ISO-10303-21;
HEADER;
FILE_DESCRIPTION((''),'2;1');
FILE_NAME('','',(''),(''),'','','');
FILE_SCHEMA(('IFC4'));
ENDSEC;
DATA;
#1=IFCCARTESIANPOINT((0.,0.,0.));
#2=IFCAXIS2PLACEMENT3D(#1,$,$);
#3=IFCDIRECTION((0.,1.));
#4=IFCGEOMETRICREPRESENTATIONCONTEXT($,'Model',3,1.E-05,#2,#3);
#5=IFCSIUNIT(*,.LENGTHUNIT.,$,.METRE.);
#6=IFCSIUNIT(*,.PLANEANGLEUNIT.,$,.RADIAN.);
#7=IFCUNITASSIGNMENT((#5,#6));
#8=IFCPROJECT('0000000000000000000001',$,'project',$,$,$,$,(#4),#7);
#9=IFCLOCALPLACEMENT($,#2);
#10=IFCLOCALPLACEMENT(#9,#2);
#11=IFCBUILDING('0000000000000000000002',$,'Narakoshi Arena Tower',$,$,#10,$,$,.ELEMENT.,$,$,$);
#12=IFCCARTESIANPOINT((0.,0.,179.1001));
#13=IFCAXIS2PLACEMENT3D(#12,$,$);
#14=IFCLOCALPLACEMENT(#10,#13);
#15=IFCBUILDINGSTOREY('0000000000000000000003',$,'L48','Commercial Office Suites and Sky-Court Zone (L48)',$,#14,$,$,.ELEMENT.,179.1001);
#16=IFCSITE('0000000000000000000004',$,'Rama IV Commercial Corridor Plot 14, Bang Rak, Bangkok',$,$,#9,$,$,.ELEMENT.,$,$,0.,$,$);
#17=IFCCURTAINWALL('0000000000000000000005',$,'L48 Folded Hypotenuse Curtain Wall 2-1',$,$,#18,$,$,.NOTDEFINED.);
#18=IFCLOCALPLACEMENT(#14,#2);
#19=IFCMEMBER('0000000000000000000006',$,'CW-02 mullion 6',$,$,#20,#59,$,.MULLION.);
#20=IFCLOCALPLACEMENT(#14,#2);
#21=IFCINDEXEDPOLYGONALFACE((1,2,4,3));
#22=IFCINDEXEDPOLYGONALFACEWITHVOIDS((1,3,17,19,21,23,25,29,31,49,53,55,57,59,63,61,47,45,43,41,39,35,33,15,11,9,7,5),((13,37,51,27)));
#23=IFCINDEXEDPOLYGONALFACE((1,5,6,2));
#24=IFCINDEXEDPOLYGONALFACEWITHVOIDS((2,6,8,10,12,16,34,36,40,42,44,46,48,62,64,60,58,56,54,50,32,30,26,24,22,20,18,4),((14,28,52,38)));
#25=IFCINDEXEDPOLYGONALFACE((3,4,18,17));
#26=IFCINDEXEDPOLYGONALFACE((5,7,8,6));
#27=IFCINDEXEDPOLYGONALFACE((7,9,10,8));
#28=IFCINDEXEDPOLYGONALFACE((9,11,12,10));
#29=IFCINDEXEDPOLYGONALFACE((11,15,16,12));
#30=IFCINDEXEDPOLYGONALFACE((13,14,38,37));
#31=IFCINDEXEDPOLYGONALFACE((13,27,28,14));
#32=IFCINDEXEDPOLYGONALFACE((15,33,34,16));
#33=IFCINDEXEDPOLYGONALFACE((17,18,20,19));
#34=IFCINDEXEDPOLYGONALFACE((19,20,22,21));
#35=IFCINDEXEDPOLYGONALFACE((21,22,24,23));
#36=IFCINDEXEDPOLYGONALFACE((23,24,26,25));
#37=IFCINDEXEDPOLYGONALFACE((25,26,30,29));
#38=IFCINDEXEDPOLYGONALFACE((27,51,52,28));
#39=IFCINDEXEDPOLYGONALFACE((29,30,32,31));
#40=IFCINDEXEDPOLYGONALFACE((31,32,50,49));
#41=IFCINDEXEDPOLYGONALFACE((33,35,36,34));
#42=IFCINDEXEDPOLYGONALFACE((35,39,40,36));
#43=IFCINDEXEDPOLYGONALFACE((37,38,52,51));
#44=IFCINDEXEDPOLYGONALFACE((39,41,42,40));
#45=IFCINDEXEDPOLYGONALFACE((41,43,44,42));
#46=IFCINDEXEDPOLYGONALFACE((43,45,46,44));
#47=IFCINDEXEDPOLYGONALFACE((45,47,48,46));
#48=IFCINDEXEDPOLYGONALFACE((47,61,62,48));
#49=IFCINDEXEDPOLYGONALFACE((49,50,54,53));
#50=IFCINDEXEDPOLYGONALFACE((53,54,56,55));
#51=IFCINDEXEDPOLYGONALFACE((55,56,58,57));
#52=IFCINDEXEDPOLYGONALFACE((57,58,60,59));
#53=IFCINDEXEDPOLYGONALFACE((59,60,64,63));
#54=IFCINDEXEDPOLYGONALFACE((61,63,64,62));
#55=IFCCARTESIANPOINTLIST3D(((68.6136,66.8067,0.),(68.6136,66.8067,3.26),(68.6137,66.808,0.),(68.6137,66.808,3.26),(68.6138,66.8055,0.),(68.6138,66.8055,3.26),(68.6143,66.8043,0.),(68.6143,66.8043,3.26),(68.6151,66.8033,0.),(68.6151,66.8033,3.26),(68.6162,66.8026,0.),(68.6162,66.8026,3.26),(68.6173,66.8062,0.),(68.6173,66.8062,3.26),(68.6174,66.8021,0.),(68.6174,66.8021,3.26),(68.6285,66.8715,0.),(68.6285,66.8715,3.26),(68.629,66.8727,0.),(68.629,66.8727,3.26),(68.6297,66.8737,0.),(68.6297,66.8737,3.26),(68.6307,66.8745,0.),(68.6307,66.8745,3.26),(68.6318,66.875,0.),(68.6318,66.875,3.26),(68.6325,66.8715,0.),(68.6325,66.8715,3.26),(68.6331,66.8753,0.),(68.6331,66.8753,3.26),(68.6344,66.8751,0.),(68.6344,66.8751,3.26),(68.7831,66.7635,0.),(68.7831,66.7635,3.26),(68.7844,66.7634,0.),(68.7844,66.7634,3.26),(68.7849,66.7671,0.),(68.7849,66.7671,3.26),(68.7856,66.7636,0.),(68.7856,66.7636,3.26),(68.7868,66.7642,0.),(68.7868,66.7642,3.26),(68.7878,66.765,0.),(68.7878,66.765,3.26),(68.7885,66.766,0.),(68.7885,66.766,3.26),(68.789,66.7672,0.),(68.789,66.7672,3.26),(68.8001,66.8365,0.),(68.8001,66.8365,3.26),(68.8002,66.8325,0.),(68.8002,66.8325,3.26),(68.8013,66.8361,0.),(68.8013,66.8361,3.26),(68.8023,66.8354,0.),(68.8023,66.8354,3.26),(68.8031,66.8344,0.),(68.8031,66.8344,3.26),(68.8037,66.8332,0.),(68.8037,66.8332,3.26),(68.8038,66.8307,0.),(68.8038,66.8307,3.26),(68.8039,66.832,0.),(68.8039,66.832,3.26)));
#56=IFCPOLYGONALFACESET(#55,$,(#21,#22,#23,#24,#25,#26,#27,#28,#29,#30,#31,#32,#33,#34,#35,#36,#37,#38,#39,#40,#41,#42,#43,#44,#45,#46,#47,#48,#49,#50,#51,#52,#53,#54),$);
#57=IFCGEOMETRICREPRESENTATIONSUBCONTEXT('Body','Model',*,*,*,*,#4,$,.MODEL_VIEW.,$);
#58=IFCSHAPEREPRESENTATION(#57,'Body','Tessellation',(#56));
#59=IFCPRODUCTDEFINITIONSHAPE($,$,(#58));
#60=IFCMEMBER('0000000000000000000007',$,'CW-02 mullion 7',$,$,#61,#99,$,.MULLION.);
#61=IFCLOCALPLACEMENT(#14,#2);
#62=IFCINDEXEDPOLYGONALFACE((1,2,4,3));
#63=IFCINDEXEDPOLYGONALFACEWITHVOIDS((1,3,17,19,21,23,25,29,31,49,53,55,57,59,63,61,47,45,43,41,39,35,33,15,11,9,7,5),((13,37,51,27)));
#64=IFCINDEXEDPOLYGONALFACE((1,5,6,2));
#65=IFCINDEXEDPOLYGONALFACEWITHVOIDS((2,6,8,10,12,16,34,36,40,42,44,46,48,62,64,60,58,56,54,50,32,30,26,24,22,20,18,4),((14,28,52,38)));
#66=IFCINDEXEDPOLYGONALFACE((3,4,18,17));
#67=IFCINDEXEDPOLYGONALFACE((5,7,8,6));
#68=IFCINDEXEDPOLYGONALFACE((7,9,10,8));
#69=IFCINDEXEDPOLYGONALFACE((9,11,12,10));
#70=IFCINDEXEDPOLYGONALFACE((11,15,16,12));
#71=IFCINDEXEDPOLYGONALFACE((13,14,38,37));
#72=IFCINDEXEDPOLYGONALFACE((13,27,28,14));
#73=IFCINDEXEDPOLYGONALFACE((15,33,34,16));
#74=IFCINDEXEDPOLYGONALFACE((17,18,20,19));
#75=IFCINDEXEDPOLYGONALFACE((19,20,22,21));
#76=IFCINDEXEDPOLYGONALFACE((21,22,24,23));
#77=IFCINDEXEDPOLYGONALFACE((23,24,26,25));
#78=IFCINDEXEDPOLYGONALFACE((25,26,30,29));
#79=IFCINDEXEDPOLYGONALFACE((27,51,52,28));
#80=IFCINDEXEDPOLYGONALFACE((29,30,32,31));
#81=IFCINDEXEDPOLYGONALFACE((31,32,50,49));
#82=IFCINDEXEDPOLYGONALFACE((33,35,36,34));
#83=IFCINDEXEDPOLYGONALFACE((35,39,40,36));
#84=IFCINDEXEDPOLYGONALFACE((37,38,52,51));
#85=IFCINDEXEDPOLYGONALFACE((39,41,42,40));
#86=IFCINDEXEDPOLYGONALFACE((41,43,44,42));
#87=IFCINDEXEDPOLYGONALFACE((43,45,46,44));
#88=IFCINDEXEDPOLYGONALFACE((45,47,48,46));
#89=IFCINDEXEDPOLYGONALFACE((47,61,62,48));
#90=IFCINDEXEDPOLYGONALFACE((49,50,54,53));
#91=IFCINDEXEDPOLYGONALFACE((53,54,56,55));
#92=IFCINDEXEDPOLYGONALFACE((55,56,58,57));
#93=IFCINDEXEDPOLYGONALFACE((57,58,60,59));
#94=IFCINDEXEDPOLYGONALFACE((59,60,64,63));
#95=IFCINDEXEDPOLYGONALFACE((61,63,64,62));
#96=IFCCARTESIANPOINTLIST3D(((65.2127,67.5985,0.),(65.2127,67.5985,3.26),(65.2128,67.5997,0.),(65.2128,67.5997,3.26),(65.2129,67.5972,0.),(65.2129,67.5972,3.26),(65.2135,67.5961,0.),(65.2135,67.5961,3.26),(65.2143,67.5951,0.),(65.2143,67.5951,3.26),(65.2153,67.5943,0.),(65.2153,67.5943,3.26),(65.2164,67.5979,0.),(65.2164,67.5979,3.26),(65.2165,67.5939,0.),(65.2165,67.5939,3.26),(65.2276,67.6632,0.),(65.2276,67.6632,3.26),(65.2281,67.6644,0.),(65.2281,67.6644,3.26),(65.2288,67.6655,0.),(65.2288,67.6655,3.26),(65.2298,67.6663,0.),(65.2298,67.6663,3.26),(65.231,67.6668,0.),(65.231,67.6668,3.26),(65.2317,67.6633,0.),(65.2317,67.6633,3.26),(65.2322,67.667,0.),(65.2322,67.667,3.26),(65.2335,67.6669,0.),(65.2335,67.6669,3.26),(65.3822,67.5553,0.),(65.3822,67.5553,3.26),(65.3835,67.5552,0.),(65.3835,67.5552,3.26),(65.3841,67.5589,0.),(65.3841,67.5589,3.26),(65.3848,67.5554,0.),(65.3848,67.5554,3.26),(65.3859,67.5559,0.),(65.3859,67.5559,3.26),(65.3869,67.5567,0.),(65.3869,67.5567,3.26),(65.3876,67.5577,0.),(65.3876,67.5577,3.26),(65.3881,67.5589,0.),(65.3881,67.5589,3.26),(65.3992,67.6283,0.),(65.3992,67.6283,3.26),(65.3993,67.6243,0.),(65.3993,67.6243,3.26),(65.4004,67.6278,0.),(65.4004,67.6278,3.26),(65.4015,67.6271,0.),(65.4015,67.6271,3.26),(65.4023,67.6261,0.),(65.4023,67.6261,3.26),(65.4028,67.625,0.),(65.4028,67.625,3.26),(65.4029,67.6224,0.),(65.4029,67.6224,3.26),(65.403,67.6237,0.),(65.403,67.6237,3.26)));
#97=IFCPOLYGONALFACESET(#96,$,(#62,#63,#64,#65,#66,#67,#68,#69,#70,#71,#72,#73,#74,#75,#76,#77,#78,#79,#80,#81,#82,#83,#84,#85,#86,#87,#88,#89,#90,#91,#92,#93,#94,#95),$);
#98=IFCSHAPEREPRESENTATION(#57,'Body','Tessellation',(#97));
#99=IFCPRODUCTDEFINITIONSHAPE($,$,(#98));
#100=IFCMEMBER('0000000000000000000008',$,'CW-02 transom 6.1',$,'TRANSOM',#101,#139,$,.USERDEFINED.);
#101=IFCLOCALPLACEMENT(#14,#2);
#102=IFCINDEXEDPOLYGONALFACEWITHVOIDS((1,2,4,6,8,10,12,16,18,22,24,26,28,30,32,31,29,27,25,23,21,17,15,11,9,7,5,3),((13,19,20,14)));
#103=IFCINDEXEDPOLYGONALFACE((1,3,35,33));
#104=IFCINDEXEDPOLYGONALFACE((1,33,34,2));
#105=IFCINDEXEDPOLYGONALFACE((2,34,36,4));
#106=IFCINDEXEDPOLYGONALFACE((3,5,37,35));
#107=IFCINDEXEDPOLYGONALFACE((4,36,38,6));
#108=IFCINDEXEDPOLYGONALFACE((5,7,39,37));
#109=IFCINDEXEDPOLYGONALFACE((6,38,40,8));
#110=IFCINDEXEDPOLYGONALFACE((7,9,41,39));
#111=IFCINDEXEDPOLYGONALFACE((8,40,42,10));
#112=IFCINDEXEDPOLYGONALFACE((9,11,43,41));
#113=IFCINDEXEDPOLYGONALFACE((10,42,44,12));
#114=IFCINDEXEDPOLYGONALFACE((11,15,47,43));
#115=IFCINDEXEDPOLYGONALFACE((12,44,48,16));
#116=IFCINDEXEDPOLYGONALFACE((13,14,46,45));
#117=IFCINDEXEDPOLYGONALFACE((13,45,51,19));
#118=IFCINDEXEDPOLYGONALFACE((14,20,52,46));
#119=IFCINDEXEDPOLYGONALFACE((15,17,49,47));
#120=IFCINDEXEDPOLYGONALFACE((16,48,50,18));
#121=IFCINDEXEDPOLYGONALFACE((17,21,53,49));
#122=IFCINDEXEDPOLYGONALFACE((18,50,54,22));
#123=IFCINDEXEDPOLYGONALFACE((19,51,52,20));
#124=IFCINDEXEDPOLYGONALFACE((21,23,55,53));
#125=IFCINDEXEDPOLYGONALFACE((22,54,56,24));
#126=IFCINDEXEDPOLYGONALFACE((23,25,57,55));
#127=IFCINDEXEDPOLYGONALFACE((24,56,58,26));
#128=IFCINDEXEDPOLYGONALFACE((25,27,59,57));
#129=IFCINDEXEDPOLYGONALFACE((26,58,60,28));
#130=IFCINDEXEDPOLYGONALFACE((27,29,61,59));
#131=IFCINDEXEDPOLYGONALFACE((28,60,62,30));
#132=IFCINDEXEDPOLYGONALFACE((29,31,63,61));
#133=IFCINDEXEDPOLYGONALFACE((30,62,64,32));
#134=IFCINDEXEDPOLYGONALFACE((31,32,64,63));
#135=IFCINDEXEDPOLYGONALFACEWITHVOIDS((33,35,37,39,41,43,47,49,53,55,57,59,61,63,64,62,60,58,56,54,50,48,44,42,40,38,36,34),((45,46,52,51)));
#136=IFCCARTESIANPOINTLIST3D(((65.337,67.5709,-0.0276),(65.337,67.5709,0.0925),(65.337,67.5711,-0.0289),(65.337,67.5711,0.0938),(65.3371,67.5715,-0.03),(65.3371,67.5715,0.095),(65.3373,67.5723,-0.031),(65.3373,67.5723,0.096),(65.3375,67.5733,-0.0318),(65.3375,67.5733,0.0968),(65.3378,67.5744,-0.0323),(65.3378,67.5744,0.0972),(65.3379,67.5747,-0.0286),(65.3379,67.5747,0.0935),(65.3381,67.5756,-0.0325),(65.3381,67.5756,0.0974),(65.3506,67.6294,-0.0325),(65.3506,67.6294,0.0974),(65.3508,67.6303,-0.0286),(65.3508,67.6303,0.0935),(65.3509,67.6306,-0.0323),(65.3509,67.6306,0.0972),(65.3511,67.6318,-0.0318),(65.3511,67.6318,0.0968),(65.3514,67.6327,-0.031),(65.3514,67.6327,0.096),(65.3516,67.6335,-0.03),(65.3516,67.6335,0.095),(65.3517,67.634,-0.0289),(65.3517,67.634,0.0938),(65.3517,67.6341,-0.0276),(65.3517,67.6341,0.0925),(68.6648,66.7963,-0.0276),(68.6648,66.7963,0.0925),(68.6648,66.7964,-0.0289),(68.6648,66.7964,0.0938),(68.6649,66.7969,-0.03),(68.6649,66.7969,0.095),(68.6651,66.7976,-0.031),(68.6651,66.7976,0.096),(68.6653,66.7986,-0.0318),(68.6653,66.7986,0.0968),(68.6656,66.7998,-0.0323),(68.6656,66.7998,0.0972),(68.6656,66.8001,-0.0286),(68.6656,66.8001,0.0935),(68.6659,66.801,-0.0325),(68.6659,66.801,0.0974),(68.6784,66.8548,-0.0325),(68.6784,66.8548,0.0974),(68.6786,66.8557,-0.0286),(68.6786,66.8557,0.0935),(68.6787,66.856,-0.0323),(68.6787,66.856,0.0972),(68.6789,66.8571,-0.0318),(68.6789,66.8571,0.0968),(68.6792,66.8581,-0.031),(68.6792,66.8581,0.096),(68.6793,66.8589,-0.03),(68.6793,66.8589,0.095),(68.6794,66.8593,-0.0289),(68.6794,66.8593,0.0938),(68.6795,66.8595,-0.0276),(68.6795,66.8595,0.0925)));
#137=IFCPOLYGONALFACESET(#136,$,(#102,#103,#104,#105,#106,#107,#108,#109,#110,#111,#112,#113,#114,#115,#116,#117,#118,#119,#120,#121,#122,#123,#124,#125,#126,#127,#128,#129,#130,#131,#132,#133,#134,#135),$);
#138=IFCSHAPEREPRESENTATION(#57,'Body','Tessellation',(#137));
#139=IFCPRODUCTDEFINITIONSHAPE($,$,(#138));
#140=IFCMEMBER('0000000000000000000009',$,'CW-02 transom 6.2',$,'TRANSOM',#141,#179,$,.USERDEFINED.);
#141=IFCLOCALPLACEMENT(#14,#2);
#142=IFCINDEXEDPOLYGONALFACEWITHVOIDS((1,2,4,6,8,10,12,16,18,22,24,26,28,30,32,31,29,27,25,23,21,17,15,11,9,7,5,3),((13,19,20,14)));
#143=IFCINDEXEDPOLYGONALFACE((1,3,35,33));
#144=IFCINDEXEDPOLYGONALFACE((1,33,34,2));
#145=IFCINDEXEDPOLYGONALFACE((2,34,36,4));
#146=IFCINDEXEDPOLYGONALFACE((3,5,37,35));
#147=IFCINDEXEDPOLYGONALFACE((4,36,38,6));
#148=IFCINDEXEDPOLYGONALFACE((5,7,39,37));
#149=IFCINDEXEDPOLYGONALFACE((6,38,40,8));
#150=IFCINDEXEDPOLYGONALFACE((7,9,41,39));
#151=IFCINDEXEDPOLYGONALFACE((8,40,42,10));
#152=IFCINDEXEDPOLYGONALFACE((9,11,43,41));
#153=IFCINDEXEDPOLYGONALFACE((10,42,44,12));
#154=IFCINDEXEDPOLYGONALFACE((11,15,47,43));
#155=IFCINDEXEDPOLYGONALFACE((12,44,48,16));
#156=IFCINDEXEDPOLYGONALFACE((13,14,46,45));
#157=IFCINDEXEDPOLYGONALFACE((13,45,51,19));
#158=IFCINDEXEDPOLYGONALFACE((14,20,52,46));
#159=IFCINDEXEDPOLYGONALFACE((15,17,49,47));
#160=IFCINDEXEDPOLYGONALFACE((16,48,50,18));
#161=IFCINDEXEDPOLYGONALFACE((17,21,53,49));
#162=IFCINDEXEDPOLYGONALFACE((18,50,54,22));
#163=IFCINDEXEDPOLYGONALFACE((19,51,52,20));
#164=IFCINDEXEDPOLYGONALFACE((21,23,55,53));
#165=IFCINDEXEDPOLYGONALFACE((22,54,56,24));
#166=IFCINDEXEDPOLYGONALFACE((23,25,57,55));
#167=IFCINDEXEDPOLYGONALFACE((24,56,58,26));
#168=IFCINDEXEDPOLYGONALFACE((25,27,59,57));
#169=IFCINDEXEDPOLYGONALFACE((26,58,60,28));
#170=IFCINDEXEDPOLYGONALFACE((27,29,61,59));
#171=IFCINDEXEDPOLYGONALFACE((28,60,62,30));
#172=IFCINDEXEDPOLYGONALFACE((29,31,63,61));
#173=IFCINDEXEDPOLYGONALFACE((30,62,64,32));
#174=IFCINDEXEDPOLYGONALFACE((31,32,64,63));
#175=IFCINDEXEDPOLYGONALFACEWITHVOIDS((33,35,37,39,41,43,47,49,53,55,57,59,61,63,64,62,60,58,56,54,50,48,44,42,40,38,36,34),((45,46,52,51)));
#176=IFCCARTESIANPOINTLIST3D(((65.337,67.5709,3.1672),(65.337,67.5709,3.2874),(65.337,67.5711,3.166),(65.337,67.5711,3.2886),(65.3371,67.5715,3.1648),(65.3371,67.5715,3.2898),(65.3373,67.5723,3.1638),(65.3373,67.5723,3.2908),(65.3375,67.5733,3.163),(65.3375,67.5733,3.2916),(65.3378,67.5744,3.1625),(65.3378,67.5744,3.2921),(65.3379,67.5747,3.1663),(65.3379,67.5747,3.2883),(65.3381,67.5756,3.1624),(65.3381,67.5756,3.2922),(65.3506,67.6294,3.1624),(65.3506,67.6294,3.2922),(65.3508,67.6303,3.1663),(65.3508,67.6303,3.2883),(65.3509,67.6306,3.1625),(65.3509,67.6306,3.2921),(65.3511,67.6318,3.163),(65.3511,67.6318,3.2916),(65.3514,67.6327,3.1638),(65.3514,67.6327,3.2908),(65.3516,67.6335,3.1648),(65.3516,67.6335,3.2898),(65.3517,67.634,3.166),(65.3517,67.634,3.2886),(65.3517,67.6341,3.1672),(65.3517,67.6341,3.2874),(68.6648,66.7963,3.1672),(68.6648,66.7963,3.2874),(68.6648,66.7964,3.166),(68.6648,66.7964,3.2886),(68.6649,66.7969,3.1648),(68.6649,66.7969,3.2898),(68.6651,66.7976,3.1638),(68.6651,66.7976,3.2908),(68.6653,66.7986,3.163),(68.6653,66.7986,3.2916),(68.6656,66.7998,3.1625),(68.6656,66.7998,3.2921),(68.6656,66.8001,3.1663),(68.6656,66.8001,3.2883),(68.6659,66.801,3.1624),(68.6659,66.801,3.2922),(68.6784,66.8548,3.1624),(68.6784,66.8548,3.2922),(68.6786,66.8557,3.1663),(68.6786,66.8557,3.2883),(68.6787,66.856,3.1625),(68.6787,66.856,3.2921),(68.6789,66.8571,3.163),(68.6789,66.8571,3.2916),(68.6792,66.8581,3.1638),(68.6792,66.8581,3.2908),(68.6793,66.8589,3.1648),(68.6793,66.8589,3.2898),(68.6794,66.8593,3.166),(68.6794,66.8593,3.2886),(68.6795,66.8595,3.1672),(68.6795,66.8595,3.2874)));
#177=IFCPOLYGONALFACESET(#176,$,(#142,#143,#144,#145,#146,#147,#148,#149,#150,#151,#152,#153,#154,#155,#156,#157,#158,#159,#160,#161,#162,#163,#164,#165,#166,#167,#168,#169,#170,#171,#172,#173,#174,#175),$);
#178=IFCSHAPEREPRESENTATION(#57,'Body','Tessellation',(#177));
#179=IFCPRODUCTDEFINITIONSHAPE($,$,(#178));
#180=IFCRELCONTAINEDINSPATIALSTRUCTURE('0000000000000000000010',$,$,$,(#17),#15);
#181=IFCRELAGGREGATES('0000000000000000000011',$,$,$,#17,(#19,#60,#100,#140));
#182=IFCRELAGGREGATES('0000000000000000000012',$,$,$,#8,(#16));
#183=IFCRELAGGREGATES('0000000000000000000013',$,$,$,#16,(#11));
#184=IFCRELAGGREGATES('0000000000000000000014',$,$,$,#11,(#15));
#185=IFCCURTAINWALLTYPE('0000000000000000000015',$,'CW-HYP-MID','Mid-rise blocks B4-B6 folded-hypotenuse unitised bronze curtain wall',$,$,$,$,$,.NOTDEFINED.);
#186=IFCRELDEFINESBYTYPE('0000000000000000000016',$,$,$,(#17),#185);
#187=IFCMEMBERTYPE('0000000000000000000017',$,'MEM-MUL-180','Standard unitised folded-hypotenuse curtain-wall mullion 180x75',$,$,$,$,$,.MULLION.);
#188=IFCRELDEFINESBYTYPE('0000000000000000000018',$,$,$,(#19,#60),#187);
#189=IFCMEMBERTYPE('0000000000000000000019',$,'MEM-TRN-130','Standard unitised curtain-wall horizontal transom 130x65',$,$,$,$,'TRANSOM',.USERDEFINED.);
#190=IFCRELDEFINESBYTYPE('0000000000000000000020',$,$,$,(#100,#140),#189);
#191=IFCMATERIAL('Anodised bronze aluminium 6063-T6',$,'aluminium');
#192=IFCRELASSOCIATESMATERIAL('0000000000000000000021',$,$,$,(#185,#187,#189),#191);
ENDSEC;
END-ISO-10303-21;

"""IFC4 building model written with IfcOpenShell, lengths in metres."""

from ifc_helpers import new_model, si_unit, direction, frame, origin, origin_2d, place, context, subcontext, project, spatial, hollow_rectangle, extrude, material, material_profile, profile_set, type_object, element, aggregate, save


model = new_model("IFC4")

# Units and contexts
model_context = context("Model", 3, precision=1e-05, world=origin(), true_north=direction((0.0, 1.0)))
body_context = subcontext(model_context, "Body", "Model", "MODEL_VIEW")
ifc_project = project(units=[si_unit("LENGTHUNIT", "METRE"), si_unit("PLANEANGLEUNIT", "RADIAN")], contexts=[model_context])

# Site, building, storey
site_placement = place(None, origin())
site = spatial("IfcSite", under=ifc_project, at=site_placement, Name="Rama IV Commercial Corridor Plot 14, Bang Rak, Bangkok", CompositionType="ELEMENT", RefElevation=0.0)
building_placement = place(site_placement, origin())
building = spatial("IfcBuilding", under=site, at=building_placement, Name="Narakoshi Arena Tower", CompositionType="ELEMENT")
storey_placement = place(building_placement, frame((0.0, 0.0, 179.1001)))
storey = spatial("IfcBuildingStorey", under=building, at=storey_placement, Name="L48", Description="Commercial Office Suites and Sky-Court Zone (L48)", CompositionType="ELEMENT", Elevation=179.1001)

# Curtain wall, members
ifc_material_1 = material(Name="Anodised bronze aluminium 6063-T6", Category="aluminium")
curtain_wall_type = type_object("IfcCurtainWallType", Name="CW-HYP-MID", Description="Mid-rise blocks B4-B6 folded-hypotenuse unitised bronze curtain wall", PredefinedType="NOTDEFINED", material=ifc_material_1)
curtain_wall_placement = place(storey_placement, origin())
curtain_wall = element("IfcCurtainWall", 1, at=curtain_wall_placement, inside=storey, type_object=curtain_wall_type, Name="L48 Folded Hypotenuse Curtain Wall 2-1", PredefinedType="NOTDEFINED")
ifc_material_profile_1 = material_profile(ifc_material_1, hollow_rectangle(XDim=0.075, YDim=0.1799, WallThickness=0.0039, OuterFilletRadius=0.0049, at=origin_2d()), Name="MUL180x75x4")
ifc_profile_set_1 = profile_set([ifc_material_profile_1], Name="Anodised bronze aluminium 6063-T6")
member_type_1 = type_object("IfcMemberType", Name="MEM-MUL-180", Description="Standard unitised folded-hypotenuse curtain-wall mullion 180x75", PredefinedType="MULLION", material=ifc_profile_set_1)
member_1_placement = place(storey_placement, frame((68.7087, 66.8193, 0.0), z_axis=(0.0, 0.0, 1.0), x_axis=(-0.226721, -0.97396, 0.0)))
member_1 = element("IfcMember", 2, at=member_1_placement, type_object=member_type_1, Name="CW-02 mullion 6", PredefinedType="MULLION", context=body_context, shape_type="SweptSolid", body=[
    extrude(hollow_rectangle(XDim=0.075, YDim=0.1799, WallThickness=0.0039, OuterFilletRadius=0.0049, at=origin_2d()), origin(), (0.0, 0.0, 1.0), 3.26),
])
member_2_placement = place(storey_placement, frame((65.3079, 67.6111, 0.0), z_axis=(0.0, 0.0, 1.0), x_axis=(-0.226721, -0.97396, 0.0)))
member_2 = element("IfcMember", 3, at=member_2_placement, type_object=member_type_1, Name="CW-02 mullion 7", PredefinedType="MULLION", context=body_context, shape_type="SweptSolid", body=[
    extrude(hollow_rectangle(XDim=0.075, YDim=0.1799, WallThickness=0.0039, OuterFilletRadius=0.0049, at=origin_2d()), origin(), (0.0, 0.0, 1.0), 3.26),
])
ifc_material_profile_2 = material_profile(ifc_material_1, hollow_rectangle(XDim=0.0649, YDim=0.1299, WallThickness=0.0039, OuterFilletRadius=0.0049, at=origin_2d()), Name="TRN130x65x4")
ifc_profile_set_2 = profile_set([ifc_material_profile_2], Name="Anodised bronze aluminium 6063-T6")
member_type_2 = type_object("IfcMemberType", Name="MEM-TRN-130", Description="Standard unitised curtain-wall horizontal transom 130x65", ElementType="TRANSOM", PredefinedType="USERDEFINED", material=ifc_profile_set_2)
member_3_placement = place(storey_placement, frame((68.6721, 66.8279, 0.0325), z_axis=(-0.973961, 0.226717, 0.0), x_axis=(-0.226717, -0.973961, 0.0)))
member_3 = element("IfcMember", 4, at=member_3_placement, type_object=member_type_2, Name="CW-02 transom 6.1", ObjectType="TRANSOM", PredefinedType="USERDEFINED", context=body_context, shape_type="SweptSolid", body=[
    extrude(hollow_rectangle(XDim=0.0649, YDim=0.1299, WallThickness=0.0039, OuterFilletRadius=0.0049, at=origin_2d()), origin(), (0.0, 0.0, 1.0), 3.4167),
])
member_4_placement = place(storey_placement, frame((68.6721, 66.8279, 3.2273), z_axis=(-0.973961, 0.226717, 0.0), x_axis=(-0.226717, -0.973961, 0.0)))
member_4 = element("IfcMember", 5, at=member_4_placement, type_object=member_type_2, Name="CW-02 transom 6.2", ObjectType="TRANSOM", PredefinedType="USERDEFINED", context=body_context, shape_type="SweptSolid", body=[
    extrude(hollow_rectangle(XDim=0.0649, YDim=0.1299, WallThickness=0.0039, OuterFilletRadius=0.0049, at=origin_2d()), origin(), (0.0, 0.0, 1.0), 3.4167),
])
aggregate(curtain_wall, [member_1, member_2, member_3, member_4])

save(model, "model.ifc")
